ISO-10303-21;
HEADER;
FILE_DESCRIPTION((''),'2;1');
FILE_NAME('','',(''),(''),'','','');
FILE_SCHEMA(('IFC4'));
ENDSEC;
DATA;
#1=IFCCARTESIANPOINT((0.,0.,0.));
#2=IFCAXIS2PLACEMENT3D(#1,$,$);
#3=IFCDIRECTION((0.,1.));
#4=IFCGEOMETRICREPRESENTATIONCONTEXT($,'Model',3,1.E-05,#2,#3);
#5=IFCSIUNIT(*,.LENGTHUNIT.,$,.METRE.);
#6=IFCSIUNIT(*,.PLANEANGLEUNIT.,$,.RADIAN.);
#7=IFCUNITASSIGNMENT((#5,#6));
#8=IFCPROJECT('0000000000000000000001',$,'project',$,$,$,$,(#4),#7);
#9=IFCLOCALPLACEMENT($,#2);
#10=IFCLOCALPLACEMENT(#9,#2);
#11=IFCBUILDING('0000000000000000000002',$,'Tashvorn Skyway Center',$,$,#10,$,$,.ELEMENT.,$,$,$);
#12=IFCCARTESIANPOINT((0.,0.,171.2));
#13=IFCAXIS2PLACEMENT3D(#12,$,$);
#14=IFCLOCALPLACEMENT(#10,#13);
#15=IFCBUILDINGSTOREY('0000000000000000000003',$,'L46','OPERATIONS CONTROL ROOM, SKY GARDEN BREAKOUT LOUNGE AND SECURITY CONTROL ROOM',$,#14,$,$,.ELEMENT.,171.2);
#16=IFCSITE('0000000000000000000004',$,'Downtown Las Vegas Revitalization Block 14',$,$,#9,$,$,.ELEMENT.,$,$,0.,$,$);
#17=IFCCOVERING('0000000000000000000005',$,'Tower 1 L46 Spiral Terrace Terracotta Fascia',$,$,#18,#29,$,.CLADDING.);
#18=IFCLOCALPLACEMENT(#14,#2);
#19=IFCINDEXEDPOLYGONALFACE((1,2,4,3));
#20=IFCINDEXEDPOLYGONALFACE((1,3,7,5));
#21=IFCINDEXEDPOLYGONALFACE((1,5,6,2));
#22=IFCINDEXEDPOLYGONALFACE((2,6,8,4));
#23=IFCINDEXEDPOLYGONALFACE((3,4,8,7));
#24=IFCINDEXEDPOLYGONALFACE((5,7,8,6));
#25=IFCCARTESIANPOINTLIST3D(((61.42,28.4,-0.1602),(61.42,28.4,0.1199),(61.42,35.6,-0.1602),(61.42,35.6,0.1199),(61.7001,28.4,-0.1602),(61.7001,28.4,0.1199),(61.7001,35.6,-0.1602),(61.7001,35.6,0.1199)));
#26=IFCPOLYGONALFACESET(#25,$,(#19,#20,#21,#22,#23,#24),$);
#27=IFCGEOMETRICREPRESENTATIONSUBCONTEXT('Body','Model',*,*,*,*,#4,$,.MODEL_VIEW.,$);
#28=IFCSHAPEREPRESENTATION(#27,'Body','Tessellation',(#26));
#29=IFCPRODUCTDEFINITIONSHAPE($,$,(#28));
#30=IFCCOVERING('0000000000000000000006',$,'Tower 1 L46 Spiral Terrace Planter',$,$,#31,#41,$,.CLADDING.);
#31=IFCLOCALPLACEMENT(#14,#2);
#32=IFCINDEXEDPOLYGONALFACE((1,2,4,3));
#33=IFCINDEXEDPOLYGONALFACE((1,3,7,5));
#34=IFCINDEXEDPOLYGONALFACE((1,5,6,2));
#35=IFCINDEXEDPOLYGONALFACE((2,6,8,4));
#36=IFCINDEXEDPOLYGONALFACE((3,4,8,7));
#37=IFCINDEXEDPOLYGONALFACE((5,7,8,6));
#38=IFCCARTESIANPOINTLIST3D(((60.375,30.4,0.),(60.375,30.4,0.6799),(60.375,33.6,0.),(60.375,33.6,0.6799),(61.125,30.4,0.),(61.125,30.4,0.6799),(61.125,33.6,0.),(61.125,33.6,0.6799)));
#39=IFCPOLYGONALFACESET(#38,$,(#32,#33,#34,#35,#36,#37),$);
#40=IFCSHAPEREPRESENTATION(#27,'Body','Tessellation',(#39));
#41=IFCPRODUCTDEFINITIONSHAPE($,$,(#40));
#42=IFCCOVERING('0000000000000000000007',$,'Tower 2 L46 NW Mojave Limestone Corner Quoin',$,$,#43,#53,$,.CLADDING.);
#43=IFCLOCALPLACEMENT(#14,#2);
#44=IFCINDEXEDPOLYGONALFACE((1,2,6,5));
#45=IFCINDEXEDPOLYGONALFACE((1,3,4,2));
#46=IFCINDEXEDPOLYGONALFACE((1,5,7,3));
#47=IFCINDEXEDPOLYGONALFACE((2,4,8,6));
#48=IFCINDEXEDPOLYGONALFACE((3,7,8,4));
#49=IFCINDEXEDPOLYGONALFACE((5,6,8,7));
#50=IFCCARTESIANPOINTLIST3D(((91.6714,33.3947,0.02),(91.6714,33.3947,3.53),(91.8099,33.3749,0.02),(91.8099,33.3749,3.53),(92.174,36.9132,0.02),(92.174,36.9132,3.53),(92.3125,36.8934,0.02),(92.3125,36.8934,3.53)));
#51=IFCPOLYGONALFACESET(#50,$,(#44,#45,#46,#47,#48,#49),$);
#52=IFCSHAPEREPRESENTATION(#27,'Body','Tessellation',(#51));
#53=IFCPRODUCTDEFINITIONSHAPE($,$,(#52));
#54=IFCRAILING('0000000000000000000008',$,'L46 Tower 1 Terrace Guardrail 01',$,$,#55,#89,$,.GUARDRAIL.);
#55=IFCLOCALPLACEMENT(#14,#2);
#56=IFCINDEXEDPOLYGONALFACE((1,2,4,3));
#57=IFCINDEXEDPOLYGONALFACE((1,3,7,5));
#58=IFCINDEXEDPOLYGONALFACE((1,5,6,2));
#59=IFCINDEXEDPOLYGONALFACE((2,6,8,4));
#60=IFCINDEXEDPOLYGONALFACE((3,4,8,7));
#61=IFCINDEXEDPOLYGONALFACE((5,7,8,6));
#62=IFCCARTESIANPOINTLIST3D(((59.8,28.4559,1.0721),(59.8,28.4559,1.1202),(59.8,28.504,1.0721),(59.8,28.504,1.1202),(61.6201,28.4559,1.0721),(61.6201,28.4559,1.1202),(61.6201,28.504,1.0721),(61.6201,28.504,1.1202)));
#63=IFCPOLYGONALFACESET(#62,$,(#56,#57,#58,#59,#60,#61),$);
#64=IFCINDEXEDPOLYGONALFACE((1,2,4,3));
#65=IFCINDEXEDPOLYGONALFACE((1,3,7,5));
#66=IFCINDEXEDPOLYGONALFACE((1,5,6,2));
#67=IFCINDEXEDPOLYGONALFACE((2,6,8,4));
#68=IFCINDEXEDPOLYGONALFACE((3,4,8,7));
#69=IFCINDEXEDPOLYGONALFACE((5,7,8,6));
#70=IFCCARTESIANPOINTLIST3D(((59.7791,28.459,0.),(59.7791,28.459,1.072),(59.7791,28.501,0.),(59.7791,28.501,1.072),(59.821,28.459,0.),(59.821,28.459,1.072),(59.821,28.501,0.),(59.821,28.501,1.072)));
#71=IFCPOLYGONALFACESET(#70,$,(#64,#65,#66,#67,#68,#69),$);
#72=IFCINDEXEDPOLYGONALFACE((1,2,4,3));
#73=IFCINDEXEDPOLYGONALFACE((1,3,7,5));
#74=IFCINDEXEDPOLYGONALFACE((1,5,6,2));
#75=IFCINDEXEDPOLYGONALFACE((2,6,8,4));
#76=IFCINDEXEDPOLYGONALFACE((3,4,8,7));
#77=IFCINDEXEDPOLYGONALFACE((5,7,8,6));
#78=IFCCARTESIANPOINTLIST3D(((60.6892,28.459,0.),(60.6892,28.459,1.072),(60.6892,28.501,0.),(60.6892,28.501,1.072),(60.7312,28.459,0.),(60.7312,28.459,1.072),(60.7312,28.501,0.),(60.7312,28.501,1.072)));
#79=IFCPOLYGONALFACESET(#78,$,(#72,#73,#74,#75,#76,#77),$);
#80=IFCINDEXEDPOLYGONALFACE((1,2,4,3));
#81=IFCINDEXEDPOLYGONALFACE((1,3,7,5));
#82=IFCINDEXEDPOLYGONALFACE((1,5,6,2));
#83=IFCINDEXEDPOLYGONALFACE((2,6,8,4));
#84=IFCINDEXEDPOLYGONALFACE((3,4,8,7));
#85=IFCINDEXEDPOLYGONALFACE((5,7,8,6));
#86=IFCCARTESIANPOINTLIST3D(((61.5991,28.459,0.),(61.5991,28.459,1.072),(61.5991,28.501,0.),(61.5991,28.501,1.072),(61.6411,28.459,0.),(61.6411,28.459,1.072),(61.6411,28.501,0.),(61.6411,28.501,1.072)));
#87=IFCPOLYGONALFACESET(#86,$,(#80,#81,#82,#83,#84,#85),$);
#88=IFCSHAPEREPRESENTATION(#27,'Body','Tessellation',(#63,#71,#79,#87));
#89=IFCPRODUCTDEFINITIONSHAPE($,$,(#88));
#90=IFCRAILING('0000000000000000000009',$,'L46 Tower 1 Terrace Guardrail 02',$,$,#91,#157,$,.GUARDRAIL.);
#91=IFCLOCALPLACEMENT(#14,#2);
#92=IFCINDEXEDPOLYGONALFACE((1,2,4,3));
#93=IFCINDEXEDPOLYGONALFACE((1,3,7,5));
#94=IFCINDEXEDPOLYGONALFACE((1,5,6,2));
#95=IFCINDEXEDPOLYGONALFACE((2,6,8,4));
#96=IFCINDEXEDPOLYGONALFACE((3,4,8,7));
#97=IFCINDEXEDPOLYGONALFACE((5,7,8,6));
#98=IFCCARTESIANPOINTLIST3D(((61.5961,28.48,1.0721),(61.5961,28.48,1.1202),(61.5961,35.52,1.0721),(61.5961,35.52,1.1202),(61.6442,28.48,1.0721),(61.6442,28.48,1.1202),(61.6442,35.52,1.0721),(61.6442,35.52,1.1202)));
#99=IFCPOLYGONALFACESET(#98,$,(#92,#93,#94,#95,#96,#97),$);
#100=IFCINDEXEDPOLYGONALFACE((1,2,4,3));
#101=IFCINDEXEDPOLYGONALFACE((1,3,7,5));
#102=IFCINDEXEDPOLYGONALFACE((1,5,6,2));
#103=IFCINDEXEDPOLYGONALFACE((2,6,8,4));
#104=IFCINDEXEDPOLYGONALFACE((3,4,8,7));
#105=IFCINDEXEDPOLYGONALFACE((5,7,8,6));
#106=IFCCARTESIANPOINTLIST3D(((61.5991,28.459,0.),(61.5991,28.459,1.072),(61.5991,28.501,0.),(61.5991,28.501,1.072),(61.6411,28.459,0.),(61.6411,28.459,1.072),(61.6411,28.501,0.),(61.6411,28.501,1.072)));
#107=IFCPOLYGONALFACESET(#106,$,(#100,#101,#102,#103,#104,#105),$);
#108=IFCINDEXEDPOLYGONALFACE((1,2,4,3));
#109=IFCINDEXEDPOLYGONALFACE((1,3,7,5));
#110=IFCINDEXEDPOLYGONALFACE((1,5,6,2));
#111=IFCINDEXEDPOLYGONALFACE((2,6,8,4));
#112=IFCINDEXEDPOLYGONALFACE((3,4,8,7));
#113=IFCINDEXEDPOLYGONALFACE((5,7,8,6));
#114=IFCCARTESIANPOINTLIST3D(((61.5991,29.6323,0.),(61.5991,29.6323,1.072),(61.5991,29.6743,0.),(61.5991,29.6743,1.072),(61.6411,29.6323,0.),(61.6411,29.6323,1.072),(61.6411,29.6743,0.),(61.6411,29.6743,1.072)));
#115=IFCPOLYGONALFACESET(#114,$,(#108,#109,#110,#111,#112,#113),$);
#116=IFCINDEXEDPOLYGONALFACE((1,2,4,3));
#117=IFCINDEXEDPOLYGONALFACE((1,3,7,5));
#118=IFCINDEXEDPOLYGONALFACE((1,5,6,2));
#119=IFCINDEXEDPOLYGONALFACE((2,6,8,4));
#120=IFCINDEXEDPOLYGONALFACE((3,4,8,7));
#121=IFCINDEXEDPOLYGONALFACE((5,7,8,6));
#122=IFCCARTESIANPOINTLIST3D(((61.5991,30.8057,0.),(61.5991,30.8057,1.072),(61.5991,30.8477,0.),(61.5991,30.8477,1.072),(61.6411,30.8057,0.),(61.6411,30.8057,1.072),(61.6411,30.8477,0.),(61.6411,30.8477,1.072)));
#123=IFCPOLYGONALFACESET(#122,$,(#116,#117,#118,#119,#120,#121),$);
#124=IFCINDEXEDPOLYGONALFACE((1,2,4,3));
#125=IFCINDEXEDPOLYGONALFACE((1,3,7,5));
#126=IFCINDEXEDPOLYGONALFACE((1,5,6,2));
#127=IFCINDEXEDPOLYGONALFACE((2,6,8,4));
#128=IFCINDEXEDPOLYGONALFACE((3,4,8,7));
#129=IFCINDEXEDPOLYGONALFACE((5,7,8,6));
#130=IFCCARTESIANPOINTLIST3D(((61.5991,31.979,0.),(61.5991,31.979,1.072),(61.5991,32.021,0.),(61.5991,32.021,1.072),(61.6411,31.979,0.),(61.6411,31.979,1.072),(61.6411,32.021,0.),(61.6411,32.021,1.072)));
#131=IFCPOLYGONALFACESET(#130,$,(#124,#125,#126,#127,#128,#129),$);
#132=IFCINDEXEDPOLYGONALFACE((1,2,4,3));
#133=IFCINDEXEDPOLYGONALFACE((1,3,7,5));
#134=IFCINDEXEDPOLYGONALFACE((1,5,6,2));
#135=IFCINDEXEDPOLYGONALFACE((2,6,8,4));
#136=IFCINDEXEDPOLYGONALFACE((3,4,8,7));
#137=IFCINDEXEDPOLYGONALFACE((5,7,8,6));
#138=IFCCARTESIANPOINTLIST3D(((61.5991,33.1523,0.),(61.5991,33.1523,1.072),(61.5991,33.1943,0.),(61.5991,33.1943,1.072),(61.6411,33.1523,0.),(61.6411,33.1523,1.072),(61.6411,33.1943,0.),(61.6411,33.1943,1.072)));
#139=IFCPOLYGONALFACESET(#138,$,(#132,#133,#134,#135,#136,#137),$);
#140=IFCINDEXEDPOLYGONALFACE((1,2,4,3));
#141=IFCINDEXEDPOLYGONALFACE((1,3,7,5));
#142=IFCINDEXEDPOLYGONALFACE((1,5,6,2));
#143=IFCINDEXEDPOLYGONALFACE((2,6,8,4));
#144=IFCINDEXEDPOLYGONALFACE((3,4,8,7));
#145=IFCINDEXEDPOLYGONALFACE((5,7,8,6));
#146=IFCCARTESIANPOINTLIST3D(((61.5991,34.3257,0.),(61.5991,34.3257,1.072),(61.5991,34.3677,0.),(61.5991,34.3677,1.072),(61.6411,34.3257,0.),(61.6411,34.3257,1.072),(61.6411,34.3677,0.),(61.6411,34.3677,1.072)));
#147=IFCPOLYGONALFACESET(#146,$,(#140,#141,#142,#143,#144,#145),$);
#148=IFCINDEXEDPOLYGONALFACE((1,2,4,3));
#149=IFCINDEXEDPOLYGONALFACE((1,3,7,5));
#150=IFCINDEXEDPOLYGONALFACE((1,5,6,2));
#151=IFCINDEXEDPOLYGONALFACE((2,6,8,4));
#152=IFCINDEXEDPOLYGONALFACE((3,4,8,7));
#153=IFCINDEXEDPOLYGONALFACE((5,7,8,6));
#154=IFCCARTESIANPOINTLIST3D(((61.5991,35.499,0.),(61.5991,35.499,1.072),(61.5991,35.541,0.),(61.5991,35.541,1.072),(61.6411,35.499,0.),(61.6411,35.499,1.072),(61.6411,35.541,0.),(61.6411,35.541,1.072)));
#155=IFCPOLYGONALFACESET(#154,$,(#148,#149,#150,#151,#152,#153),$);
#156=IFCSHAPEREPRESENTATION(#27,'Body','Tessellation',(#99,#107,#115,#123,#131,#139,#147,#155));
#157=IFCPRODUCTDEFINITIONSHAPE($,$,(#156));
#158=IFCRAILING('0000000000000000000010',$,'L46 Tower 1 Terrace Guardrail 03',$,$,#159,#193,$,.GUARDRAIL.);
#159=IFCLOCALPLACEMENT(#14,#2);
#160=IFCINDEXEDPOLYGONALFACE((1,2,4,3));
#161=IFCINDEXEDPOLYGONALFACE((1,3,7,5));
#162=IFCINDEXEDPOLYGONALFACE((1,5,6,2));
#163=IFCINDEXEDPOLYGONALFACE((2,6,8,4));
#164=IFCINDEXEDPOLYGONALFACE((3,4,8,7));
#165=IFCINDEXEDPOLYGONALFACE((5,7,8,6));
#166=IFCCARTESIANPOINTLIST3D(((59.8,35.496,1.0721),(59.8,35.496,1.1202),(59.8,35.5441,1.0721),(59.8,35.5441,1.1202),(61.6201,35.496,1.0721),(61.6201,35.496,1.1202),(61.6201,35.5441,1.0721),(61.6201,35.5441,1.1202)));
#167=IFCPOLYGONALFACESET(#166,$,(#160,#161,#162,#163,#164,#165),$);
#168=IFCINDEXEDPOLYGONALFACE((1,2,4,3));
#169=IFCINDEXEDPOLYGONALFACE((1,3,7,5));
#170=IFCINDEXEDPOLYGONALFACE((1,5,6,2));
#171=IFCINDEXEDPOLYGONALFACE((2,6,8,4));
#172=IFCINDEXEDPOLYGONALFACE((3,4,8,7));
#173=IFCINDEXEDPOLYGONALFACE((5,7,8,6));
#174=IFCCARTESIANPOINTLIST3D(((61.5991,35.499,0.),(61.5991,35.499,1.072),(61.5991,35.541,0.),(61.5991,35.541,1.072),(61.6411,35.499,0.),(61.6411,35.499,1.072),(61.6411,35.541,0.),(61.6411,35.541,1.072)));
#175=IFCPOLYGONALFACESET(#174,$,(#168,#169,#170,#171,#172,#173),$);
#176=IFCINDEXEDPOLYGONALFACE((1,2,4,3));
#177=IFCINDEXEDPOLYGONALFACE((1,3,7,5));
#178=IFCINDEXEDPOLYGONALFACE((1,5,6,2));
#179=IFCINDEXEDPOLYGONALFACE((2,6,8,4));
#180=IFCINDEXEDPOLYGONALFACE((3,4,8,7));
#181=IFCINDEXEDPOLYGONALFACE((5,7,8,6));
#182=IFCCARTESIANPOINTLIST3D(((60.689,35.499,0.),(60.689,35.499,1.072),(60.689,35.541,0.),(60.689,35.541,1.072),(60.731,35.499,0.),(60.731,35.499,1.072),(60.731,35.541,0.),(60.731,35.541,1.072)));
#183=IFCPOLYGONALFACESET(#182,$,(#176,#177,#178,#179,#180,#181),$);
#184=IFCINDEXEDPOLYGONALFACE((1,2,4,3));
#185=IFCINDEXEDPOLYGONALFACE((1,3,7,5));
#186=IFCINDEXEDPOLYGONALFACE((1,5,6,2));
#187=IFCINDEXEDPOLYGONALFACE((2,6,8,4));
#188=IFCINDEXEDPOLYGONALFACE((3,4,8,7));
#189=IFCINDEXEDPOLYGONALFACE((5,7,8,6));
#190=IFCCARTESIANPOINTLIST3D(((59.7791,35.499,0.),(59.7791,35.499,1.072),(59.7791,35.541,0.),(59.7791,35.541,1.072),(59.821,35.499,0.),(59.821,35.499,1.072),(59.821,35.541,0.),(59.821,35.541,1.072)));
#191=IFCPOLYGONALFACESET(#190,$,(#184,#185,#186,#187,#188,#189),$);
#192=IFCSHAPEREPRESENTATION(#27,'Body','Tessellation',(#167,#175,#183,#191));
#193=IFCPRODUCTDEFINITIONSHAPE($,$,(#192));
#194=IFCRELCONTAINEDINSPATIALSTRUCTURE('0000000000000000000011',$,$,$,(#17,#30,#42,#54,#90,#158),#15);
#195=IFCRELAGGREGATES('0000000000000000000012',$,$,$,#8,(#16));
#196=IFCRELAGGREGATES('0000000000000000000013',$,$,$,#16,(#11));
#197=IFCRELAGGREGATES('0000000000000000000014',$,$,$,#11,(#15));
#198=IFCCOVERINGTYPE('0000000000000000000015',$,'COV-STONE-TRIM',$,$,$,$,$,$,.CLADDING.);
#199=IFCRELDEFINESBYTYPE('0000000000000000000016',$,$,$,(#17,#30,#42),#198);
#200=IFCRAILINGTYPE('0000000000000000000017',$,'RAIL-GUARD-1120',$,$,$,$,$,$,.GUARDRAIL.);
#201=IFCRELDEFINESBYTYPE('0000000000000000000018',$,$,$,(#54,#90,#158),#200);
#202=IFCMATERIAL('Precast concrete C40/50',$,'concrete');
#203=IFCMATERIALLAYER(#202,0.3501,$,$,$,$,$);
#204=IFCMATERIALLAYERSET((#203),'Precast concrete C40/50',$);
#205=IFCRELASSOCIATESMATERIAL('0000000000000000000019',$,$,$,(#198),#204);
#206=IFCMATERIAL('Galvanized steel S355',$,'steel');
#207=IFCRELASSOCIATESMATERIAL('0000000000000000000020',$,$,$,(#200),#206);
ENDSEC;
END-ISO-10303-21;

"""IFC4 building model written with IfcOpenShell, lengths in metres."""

from ifc_helpers import new_model, si_unit, direction, frame, origin, origin_2d, place, context, subcontext, project, spatial, rectangle, extrude, material, layer, layer_set, type_object, element, save


model = new_model("IFC4")

# Units and contexts
model_context = context("Model", 3, precision=1e-05, world=origin(), true_north=direction((0.0, 1.0)))
body_context = subcontext(model_context, "Body", "Model", "MODEL_VIEW")
ifc_project = project(units=[si_unit("LENGTHUNIT", "METRE"), si_unit("PLANEANGLEUNIT", "RADIAN")], contexts=[model_context])

# Site, building, storey
site_placement = place(None, origin())
site = spatial("IfcSite", under=ifc_project, at=site_placement, Name="Downtown Las Vegas Revitalization Block 14", CompositionType="ELEMENT", RefElevation=0.0)
building_placement = place(site_placement, origin())
building = spatial("IfcBuilding", under=site, at=building_placement, Name="Tashvorn Skyway Center", CompositionType="ELEMENT")
storey_placement = place(building_placement, frame((0.0, 0.0, 171.2)))
storey = spatial("IfcBuildingStorey", under=building, at=storey_placement, Name="L46", Description="OPERATIONS CONTROL ROOM, SKY GARDEN BREAKOUT LOUNGE AND SECURITY CONTROL ROOM", CompositionType="ELEMENT", Elevation=171.2)

# Shared definitions
ifc_material_1 = material(Name="Precast concrete C40/50", Category="concrete")

# Coverings
ifc_layer_1 = layer(ifc_material_1, 0.3501)
ifc_layer_set_1 = layer_set([ifc_layer_1], Name="Precast concrete C40/50")
covering_type_1 = type_object("IfcCoveringType", Name="COV-STONE-TRIM", PredefinedType="CLADDING", material=ifc_layer_set_1)
covering_1_placement = place(storey_placement, frame((61.5601, 32.0, -0.1602), z_axis=(0.0, 0.0, 1.0), x_axis=(0.0, -1.0, 0.0)))
element("IfcCovering", 1, at=covering_1_placement, inside=storey, type_object=covering_type_1, Name="Tower 1 L46 Spiral Terrace Terracotta Fascia", PredefinedType="CLADDING", context=body_context, shape_type="SweptSolid", body=[
    extrude(rectangle(XDim=7.2, YDim=0.28, at=origin_2d()), origin(), (0.0, 0.0, 1.0), 0.28),
])
covering_2_placement = place(storey_placement, frame((60.75, 32.0, 0.0), z_axis=(0.0, 0.0, 1.0), x_axis=(0.0, -1.0, 0.0)))
element("IfcCovering", 2, at=covering_2_placement, inside=storey, type_object=covering_type_1, Name="Tower 1 L46 Spiral Terrace Planter", PredefinedType="CLADDING", context=body_context, shape_type="SweptSolid", body=[
    extrude(rectangle(XDim=3.2, YDim=0.75, at=origin_2d()), origin(), (0.0, 0.0, 1.0), 0.6799),
])
covering_3_placement = place(storey_placement, frame((91.9919, 35.144, 0.02), z_axis=(0.0, 0.0, 1.0), x_axis=(-0.141421, -0.989949, 0.0)))
element("IfcCovering", 3, at=covering_3_placement, inside=storey, type_object=covering_type_1, Name="Tower 2 L46 NW Mojave Limestone Corner Quoin", PredefinedType="CLADDING", context=body_context, shape_type="SweptSolid", body=[
    extrude(rectangle(XDim=3.5542, YDim=0.1399, at=origin_2d()), origin(), (0.0, 0.0, 1.0), 3.51),
])

# Railings
ifc_material_2 = material(Name="Galvanized steel S355", Category="steel")
railing_type = type_object("IfcRailingType", Name="RAIL-GUARD-1120", PredefinedType="GUARDRAIL", material=ifc_material_2)
railing_1_placement = place(storey_placement, frame((59.8, 28.48, 0.0)))
element("IfcRailing", 4, at=railing_1_placement, inside=storey, type_object=railing_type, Name="L46 Tower 1 Terrace Guardrail 01", PredefinedType="GUARDRAIL", context=body_context, shape_type="SweptSolid", body=[
    extrude(rectangle(XDim=0.0481, YDim=0.0481, at=origin_2d()), frame((0.0, 0.0, 1.0962), z_axis=(1.0, 0.0, 0.0), x_axis=(0.0, 1.0, 0.0)), (0.0, 0.0, 1.0), 1.8201),
    extrude(rectangle(XDim=0.042, YDim=0.042, at=origin_2d()), origin(), (0.0, 0.0, 1.0), 1.072),
    extrude(rectangle(XDim=0.042, YDim=0.042, at=origin_2d()), frame((0.9102, 0.0, 0.0)), (0.0, 0.0, 1.0), 1.072),
    extrude(rectangle(XDim=0.042, YDim=0.042, at=origin_2d()), frame((1.8201, 0.0, 0.0)), (0.0, 0.0, 1.0), 1.072),
])
railing_2_placement = place(storey_placement, frame((61.6201, 28.48, 0.0)))
element("IfcRailing", 5, at=railing_2_placement, inside=storey, type_object=railing_type, Name="L46 Tower 1 Terrace Guardrail 02", PredefinedType="GUARDRAIL", context=body_context, shape_type="SweptSolid", body=[
    extrude(rectangle(XDim=0.0481, YDim=0.0481, at=origin_2d()), frame((0.0, 0.0, 1.0962), z_axis=(0.0, 1.0, 0.0), x_axis=(-1.0, 0.0, 0.0)), (0.0, 0.0, 1.0), 7.04),
    extrude(rectangle(XDim=0.042, YDim=0.042, at=origin_2d()), origin(), (0.0, 0.0, 1.0), 1.072),
    extrude(rectangle(XDim=0.042, YDim=0.042, at=origin_2d()), frame((0.0, 1.1733, 0.0)), (0.0, 0.0, 1.0), 1.072),
    extrude(rectangle(XDim=0.042, YDim=0.042, at=origin_2d()), frame((0.0, 2.3467, 0.0)), (0.0, 0.0, 1.0), 1.072),
    extrude(rectangle(XDim=0.042, YDim=0.042, at=origin_2d()), frame((0.0, 3.52, 0.0)), (0.0, 0.0, 1.0), 1.072),
    extrude(rectangle(XDim=0.042, YDim=0.042, at=origin_2d()), frame((0.0, 4.6934, 0.0)), (0.0, 0.0, 1.0), 1.072),
    extrude(rectangle(XDim=0.042, YDim=0.042, at=origin_2d()), frame((0.0, 5.8667, 0.0)), (0.0, 0.0, 1.0), 1.072),
    extrude(rectangle(XDim=0.042, YDim=0.042, at=origin_2d()), frame((0.0, 7.04, 0.0)), (0.0, 0.0, 1.0), 1.072),
])
railing_3_placement = place(storey_placement, frame((61.6201, 35.52, 0.0)))
element("IfcRailing", 6, at=railing_3_placement, inside=storey, type_object=railing_type, Name="L46 Tower 1 Terrace Guardrail 03", PredefinedType="GUARDRAIL", context=body_context, shape_type="SweptSolid", body=[
    extrude(rectangle(XDim=0.0481, YDim=0.0481, at=origin_2d()), frame((0.0, 0.0, 1.0962), z_axis=(-1.0, 0.0, 0.0), x_axis=(0.0, -1.0, 0.0)), (0.0, 0.0, 1.0), 1.8201),
    extrude(rectangle(XDim=0.042, YDim=0.042, at=origin_2d()), origin(), (0.0, 0.0, 1.0), 1.072),
    extrude(rectangle(XDim=0.042, YDim=0.042, at=origin_2d()), frame((-0.9102, 0.0, 0.0)), (0.0, 0.0, 1.0), 1.072),
    extrude(rectangle(XDim=0.042, YDim=0.042, at=origin_2d()), frame((-1.8201, 0.0, 0.0)), (0.0, 0.0, 1.0), 1.072),
])

save(model, "model.ifc")
